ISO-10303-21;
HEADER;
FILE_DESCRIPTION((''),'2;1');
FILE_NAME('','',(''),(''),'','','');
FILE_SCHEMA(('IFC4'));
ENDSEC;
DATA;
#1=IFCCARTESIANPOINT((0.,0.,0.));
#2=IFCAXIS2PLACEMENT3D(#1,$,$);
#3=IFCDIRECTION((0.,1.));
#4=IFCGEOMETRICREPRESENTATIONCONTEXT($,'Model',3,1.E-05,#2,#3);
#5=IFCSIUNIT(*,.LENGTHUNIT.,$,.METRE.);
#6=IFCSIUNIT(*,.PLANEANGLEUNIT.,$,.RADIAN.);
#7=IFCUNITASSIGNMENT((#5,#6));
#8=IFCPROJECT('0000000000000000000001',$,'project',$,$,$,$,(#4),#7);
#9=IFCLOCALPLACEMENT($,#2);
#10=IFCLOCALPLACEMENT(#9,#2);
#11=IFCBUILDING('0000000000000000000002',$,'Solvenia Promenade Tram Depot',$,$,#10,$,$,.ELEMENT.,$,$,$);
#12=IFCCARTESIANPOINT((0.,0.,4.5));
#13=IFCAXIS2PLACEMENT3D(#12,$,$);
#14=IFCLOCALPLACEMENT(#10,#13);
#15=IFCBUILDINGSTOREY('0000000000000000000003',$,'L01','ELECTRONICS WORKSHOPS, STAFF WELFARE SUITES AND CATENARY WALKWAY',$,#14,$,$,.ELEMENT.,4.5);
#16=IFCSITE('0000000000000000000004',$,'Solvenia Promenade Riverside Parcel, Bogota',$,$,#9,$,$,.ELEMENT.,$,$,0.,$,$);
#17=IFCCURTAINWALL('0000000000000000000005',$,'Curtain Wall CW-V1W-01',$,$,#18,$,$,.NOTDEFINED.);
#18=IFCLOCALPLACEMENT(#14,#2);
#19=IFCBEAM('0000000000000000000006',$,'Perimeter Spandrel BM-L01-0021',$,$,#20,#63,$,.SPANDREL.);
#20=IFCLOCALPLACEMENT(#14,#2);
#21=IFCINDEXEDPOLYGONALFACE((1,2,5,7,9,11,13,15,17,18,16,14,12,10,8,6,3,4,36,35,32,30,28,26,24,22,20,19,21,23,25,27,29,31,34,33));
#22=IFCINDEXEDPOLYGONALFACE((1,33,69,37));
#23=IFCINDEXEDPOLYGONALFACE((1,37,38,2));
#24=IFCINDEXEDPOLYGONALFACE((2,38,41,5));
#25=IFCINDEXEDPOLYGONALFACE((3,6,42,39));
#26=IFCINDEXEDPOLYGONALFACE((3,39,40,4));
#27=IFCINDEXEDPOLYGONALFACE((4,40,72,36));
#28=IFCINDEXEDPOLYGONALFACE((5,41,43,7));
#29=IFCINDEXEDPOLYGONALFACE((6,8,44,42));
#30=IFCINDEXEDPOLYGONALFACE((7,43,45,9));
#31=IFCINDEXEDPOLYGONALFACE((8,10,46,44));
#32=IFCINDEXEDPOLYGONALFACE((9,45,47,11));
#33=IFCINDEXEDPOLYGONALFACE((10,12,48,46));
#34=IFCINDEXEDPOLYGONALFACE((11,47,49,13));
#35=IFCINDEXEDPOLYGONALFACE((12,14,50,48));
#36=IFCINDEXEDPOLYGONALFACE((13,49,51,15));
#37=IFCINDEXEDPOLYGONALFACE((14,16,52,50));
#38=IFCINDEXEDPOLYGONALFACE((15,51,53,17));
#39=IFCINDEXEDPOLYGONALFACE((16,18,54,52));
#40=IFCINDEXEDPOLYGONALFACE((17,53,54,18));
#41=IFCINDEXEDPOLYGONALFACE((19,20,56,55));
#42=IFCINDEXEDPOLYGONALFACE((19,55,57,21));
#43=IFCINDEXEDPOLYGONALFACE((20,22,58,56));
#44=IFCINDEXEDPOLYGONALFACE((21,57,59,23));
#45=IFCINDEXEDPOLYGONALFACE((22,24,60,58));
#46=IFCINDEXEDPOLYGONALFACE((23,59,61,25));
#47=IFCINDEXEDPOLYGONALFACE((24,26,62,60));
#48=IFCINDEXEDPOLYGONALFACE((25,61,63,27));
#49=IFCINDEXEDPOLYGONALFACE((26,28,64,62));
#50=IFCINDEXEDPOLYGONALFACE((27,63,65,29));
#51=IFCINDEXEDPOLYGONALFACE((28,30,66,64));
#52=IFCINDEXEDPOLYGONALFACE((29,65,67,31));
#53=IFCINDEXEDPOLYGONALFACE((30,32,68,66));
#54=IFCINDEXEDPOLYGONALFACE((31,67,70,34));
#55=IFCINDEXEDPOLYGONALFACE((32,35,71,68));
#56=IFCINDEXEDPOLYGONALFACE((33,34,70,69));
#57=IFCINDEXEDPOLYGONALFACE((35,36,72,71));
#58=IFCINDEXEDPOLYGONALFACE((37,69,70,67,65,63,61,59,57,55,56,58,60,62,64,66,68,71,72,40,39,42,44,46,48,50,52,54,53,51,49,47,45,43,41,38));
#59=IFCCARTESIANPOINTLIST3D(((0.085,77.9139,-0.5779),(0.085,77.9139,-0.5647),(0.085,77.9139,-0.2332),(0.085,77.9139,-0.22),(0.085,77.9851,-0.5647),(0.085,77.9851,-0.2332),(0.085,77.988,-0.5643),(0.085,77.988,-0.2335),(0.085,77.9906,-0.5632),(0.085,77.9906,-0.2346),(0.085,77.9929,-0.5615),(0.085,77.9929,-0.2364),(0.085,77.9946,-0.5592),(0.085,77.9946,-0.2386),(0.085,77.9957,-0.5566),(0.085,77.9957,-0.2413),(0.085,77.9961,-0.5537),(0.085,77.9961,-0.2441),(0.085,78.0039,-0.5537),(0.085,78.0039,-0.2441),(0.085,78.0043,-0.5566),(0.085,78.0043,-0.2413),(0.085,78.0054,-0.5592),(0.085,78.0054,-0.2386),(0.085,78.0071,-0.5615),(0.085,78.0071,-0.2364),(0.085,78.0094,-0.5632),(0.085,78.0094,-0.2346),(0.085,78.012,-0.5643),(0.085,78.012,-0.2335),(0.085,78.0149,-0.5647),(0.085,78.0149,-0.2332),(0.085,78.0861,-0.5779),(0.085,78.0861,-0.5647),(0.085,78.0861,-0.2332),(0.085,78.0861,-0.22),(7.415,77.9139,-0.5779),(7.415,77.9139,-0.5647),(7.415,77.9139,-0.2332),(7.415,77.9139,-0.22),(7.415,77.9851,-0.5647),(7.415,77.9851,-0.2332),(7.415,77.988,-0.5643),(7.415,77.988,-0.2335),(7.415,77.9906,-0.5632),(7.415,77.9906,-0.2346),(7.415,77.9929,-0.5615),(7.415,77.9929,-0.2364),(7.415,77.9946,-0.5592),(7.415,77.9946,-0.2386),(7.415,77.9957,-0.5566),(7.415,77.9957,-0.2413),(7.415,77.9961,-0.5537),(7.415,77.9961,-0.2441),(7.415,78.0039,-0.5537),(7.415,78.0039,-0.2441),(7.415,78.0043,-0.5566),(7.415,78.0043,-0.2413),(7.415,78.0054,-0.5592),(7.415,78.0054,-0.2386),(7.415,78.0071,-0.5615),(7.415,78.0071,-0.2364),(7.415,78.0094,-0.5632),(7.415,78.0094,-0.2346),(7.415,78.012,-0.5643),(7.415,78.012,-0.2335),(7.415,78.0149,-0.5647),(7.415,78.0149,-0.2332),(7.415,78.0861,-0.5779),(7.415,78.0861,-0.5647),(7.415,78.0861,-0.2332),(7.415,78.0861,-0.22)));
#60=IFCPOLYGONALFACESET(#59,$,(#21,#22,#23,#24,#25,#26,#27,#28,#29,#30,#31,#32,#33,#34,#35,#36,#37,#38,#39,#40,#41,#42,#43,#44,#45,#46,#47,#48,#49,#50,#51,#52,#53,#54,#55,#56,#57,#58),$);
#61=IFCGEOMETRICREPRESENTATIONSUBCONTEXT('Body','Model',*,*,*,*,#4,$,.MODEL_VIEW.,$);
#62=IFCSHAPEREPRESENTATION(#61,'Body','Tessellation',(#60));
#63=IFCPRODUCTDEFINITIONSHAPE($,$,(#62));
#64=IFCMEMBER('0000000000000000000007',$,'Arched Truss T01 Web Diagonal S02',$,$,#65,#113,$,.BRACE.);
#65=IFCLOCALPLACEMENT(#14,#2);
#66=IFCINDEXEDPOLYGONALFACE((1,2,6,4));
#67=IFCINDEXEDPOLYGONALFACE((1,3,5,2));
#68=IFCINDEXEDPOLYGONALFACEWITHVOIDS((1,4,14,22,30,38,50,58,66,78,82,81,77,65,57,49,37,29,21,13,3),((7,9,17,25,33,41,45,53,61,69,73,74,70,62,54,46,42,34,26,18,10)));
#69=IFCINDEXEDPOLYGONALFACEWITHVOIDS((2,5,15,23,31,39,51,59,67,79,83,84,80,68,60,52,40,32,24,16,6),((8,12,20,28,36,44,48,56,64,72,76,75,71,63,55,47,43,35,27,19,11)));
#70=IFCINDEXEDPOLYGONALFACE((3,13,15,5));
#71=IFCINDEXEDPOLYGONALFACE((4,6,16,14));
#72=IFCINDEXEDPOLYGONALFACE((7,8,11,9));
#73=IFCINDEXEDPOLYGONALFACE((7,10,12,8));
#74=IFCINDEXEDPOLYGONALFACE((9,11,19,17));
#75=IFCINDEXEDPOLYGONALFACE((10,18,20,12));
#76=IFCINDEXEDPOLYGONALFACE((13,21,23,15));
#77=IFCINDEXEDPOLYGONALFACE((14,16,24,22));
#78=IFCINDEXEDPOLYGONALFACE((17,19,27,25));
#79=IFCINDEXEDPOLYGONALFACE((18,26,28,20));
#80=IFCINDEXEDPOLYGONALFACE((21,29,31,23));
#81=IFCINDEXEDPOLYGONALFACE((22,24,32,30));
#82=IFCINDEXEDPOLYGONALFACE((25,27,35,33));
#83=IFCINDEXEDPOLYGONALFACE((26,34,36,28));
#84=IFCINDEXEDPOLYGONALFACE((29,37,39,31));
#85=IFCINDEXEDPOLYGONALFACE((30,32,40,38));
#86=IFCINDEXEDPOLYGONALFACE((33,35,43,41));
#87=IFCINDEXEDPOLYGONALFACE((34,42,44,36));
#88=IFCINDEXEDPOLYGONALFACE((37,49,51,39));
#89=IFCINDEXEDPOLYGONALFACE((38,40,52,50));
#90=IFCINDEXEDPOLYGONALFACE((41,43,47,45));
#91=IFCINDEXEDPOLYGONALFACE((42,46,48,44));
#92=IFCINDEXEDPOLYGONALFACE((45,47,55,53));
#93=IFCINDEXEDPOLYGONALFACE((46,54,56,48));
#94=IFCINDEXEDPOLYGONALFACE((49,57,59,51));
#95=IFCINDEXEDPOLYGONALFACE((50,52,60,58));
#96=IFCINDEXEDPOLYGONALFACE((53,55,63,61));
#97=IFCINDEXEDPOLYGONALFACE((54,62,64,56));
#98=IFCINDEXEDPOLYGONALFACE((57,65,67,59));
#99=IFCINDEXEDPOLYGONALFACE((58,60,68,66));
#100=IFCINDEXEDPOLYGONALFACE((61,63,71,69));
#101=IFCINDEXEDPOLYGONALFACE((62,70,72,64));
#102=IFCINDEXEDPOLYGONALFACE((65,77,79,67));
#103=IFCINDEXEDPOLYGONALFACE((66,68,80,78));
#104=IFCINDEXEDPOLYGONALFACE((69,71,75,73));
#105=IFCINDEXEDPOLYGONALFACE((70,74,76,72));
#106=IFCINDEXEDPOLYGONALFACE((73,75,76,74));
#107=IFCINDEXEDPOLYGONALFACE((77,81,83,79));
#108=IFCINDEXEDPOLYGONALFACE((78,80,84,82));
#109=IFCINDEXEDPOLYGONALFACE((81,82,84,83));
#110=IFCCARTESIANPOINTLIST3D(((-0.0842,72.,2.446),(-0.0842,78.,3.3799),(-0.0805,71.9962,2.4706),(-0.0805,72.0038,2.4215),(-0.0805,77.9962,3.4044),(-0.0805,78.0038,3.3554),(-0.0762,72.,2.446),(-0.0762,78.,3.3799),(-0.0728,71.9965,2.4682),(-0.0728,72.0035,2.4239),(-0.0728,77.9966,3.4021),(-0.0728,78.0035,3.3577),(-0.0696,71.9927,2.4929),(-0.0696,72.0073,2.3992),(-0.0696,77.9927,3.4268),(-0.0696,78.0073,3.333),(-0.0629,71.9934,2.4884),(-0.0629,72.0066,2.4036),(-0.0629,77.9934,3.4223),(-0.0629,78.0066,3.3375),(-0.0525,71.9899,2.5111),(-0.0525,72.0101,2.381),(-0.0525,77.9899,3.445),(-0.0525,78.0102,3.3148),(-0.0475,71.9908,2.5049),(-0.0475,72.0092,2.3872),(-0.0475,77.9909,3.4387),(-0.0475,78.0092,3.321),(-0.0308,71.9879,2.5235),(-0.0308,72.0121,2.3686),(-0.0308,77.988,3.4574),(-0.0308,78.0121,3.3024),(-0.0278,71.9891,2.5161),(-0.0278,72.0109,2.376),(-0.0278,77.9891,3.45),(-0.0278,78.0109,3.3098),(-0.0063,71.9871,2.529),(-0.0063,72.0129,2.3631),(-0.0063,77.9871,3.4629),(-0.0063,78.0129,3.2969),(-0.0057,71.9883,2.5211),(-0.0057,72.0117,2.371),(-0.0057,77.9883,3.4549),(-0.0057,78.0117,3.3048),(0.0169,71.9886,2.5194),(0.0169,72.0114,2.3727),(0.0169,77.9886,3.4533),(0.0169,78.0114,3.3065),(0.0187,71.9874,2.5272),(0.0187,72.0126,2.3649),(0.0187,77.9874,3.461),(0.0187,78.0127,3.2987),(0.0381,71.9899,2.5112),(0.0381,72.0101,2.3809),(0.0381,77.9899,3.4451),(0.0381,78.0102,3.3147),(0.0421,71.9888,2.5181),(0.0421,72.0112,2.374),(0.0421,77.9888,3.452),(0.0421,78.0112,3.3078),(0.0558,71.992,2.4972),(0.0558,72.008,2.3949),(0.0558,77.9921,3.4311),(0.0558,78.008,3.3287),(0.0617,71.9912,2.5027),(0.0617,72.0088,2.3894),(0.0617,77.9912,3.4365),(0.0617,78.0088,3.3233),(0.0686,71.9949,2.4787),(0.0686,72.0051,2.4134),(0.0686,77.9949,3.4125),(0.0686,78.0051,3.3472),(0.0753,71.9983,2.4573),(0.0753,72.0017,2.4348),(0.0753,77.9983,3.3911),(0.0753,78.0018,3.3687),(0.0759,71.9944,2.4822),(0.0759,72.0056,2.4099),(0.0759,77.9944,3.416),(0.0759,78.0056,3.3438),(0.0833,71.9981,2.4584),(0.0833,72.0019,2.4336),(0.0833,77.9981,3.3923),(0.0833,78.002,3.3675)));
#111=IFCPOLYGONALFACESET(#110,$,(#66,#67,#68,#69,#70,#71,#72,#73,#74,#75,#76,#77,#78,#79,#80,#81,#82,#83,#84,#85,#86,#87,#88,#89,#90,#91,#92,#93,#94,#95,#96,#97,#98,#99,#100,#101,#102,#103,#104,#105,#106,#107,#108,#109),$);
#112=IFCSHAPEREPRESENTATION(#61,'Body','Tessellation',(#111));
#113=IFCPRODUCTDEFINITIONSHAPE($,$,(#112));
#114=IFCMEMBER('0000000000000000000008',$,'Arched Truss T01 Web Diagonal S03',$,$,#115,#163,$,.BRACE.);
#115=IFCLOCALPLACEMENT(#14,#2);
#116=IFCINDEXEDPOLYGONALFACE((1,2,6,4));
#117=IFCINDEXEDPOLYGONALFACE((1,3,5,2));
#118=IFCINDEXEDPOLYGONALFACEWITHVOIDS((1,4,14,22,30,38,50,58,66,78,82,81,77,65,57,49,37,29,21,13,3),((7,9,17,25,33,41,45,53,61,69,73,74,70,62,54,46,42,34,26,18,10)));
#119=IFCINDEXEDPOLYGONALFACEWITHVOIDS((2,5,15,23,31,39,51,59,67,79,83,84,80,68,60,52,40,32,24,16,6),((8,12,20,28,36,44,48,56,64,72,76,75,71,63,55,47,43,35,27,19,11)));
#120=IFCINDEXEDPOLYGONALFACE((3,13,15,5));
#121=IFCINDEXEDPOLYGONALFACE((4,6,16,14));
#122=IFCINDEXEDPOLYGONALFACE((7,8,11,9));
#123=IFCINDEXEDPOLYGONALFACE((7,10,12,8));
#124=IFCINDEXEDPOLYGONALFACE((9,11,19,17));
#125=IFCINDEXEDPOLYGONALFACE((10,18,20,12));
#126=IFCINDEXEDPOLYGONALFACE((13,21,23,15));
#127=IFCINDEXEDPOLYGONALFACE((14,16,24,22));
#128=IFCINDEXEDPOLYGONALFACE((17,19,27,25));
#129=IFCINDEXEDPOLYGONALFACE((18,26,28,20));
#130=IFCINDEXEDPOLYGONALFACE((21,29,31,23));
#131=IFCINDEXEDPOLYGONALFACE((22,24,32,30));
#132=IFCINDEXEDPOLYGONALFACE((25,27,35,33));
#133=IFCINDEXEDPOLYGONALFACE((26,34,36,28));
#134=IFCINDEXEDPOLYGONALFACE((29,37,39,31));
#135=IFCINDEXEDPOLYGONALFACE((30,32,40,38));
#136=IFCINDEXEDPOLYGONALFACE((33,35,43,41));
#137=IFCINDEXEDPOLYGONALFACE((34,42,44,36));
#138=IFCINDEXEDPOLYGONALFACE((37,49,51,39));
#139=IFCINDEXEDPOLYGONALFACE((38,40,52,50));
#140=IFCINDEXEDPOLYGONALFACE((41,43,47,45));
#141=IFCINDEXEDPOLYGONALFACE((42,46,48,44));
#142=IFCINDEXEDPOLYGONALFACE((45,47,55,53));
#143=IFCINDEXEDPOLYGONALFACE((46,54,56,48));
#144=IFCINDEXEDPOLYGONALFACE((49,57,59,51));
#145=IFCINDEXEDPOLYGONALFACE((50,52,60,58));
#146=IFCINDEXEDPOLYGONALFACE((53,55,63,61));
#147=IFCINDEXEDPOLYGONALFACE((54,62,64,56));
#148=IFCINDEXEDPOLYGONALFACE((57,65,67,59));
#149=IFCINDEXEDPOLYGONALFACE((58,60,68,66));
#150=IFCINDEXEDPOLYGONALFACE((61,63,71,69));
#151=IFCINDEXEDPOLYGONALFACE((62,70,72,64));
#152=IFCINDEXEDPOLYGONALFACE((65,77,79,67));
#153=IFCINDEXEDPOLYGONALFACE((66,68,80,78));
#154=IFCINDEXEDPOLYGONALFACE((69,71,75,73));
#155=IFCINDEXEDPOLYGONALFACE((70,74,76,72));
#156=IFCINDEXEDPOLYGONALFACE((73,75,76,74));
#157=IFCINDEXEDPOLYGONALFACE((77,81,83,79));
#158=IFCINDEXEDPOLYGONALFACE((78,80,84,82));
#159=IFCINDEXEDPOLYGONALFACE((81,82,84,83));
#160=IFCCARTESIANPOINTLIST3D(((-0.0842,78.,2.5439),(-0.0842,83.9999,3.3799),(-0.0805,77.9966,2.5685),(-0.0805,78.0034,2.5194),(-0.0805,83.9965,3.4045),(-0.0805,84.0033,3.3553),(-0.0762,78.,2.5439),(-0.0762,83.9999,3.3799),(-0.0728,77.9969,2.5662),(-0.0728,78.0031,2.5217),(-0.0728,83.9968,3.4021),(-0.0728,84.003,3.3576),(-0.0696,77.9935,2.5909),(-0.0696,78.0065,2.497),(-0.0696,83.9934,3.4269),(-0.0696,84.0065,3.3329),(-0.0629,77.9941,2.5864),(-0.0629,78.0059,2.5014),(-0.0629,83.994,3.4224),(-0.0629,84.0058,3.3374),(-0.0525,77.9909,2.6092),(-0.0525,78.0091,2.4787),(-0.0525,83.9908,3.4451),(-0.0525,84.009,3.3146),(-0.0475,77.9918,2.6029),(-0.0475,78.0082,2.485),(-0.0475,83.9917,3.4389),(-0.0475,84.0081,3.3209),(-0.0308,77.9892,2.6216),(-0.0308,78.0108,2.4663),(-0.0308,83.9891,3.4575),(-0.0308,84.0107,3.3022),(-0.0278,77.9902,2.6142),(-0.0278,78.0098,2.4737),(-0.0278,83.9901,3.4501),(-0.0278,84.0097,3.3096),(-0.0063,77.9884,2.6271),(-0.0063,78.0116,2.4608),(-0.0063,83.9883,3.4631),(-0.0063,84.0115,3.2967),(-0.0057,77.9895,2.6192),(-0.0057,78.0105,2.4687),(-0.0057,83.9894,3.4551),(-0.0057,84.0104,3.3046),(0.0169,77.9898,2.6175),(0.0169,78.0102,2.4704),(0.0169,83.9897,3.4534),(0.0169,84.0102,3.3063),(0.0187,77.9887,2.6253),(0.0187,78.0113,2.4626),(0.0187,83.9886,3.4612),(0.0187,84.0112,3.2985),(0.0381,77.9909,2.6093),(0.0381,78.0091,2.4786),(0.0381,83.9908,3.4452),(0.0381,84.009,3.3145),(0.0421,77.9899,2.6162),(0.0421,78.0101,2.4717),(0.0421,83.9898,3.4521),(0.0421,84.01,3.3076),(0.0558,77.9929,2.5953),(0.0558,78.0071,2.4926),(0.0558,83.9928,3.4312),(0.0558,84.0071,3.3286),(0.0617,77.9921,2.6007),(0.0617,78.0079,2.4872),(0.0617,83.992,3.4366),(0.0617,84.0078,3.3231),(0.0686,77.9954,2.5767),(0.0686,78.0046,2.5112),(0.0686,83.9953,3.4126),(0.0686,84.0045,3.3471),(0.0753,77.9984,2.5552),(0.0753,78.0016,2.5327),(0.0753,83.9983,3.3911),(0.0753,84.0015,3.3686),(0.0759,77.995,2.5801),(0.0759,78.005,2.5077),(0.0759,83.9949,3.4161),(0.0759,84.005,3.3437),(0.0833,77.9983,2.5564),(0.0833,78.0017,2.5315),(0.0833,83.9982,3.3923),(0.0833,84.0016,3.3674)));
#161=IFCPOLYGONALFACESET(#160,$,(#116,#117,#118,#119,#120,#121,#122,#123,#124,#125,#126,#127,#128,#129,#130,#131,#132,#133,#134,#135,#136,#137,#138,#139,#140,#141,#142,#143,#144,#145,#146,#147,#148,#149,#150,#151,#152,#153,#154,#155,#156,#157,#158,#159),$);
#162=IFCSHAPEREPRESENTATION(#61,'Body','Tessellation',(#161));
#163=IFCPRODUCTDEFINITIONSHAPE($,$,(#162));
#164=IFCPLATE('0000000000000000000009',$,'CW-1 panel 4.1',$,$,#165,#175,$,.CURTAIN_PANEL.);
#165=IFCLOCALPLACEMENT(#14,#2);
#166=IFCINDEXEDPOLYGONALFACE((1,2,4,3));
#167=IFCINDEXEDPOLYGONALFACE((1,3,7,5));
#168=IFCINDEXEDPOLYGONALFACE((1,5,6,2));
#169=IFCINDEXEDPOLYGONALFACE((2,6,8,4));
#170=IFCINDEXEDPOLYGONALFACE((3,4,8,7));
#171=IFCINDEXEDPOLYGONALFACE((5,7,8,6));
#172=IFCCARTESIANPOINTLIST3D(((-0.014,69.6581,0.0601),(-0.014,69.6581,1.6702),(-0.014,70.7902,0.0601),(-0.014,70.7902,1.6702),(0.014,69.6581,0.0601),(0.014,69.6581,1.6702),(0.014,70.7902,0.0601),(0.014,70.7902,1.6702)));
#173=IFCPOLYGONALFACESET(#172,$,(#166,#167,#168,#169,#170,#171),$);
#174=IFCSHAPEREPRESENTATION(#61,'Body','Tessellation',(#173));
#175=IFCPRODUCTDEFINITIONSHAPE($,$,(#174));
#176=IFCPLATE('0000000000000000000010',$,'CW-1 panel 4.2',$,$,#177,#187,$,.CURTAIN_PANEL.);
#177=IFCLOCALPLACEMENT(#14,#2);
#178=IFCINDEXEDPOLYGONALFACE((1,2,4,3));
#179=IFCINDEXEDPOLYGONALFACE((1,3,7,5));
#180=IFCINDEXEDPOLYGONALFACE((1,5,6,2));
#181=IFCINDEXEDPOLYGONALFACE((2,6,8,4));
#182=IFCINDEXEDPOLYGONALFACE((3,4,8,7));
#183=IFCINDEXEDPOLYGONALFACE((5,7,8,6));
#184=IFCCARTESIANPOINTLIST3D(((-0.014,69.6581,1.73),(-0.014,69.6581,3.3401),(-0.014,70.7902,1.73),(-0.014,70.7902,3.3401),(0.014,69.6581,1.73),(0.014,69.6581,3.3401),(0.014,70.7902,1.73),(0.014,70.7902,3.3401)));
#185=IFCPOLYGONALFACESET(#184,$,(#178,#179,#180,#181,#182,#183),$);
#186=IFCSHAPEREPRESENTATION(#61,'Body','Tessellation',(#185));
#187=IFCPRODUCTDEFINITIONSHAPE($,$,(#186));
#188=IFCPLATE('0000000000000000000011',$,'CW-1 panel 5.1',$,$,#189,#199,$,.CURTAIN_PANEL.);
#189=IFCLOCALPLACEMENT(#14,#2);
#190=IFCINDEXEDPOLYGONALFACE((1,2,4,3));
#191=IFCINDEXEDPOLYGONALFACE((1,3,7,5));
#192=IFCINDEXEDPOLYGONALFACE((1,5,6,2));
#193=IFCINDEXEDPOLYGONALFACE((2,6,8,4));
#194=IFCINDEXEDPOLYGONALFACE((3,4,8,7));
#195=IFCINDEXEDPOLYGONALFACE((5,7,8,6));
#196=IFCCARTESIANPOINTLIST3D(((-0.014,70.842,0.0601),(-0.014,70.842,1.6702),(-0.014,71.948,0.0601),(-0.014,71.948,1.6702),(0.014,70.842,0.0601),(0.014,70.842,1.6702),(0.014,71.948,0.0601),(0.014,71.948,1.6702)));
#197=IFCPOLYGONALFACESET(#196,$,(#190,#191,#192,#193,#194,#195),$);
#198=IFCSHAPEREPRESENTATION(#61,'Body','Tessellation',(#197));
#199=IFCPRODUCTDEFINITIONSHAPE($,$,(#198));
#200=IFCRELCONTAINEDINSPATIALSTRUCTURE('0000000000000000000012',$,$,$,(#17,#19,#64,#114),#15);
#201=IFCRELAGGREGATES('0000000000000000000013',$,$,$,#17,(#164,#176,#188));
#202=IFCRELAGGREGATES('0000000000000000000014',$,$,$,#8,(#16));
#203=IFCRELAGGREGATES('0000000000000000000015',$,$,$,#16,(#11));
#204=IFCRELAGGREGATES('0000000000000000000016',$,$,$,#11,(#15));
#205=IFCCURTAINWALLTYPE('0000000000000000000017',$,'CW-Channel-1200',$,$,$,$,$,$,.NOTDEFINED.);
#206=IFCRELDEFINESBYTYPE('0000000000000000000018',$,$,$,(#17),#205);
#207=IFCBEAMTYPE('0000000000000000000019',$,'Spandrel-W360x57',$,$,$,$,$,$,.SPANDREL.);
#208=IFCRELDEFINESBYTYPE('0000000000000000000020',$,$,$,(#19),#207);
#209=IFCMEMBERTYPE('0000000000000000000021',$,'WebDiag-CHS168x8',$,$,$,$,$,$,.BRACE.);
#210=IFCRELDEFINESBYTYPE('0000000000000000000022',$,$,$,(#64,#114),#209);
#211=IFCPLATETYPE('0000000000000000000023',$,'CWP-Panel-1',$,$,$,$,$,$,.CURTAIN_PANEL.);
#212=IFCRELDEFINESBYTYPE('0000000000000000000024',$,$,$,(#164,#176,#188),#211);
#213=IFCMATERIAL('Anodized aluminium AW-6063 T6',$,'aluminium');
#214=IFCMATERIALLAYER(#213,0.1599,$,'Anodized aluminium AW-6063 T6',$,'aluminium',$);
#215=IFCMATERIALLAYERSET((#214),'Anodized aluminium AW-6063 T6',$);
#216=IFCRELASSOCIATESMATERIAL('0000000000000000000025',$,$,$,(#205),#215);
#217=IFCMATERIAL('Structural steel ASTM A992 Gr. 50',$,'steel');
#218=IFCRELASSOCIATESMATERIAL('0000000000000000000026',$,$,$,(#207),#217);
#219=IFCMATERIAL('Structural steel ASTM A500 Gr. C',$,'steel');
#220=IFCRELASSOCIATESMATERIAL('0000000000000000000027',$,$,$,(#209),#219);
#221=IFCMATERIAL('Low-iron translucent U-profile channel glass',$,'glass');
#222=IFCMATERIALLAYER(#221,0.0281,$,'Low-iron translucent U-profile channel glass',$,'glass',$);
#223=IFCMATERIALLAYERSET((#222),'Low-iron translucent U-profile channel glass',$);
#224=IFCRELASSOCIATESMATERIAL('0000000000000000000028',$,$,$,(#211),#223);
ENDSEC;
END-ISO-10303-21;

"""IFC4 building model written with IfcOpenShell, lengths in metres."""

from ifc_helpers import new_model, si_unit, direction, frame, origin, origin_2d, place, context, subcontext, project, spatial, rectangle, hollow_circle, i_section, extrude, material, layer, layer_set, material_profile, profile_set, type_object, element, aggregate, save


model = new_model("IFC4")

# Units and contexts
model_context = context("Model", 3, precision=1e-05, world=origin(), true_north=direction((0.0, 1.0)))
body_context = subcontext(model_context, "Body", "Model", "MODEL_VIEW")
ifc_project = project(units=[si_unit("LENGTHUNIT", "METRE"), si_unit("PLANEANGLEUNIT", "RADIAN")], contexts=[model_context])

# Site, building, storey
site_placement = place(None, origin())
site = spatial("IfcSite", under=ifc_project, at=site_placement, Name="Solvenia Promenade Riverside Parcel, Bogota", CompositionType="ELEMENT", RefElevation=0.0)
building_placement = place(site_placement, origin())
building = spatial("IfcBuilding", under=site, at=building_placement, Name="Solvenia Promenade Tram Depot", CompositionType="ELEMENT")
storey_placement = place(building_placement, frame((0.0, 0.0, 4.5)))
storey = spatial("IfcBuildingStorey", under=building, at=storey_placement, Name="L01", Description="ELECTRONICS WORKSHOPS, STAFF WELFARE SUITES AND CATENARY WALKWAY", CompositionType="ELEMENT", Elevation=4.5)

# Curtain wall
ifc_material_1 = material(Name="Anodized aluminium AW-6063 T6", Category="aluminium")
ifc_layer_1 = layer(ifc_material_1, 0.1599, Name="Anodized aluminium AW-6063 T6", Category="aluminium")
ifc_layer_set_1 = layer_set([ifc_layer_1], Name="Anodized aluminium AW-6063 T6")
curtain_wall_type = type_object("IfcCurtainWallType", Name="CW-Channel-1200", PredefinedType="NOTDEFINED", material=ifc_layer_set_1)
curtain_wall_placement = place(storey_placement, origin())
curtain_wall = element("IfcCurtainWall", 1, at=curtain_wall_placement, inside=storey, type_object=curtain_wall_type, Name="Curtain Wall CW-V1W-01", PredefinedType="NOTDEFINED")

# Shared definitions
ifc_material_2 = material(Name="Structural steel ASTM A500 Gr. C", Category="steel")

# Shared definitions
ifc_material_3 = material(Name="Structural steel ASTM A992 Gr. 50", Category="steel")

# Beam
ifc_material_profile_1 = material_profile(ifc_material_3, i_section(OverallWidth=0.1721, OverallDepth=0.3579, WebThickness=0.0078, FlangeThickness=0.0132, FilletRadius=0.011, at=origin_2d()), Name="W360x57", Category="steel")
ifc_profile_set_1 = profile_set([ifc_material_profile_1], Name="Structural steel ASTM A992 Gr. 50")
beam_type_1 = type_object("IfcBeamType", Name="Spandrel-W360x57", PredefinedType="SPANDREL", material=ifc_profile_set_1)
beam_placement = place(storey_placement, frame((0.085, 78.0, -0.3989), z_axis=(1.0, 0.0, 0.0), x_axis=(0.0, 1.0, 0.0)))
element("IfcBeam", 2, at=beam_placement, inside=storey, type_object=beam_type_1, Name="Perimeter Spandrel BM-L01-0021", PredefinedType="SPANDREL", context=body_context, shape_type="SweptSolid", body=[
    extrude(i_section(OverallWidth=0.1721, OverallDepth=0.3579, WebThickness=0.0078, FlangeThickness=0.0132, FilletRadius=0.011, at=origin_2d()), origin(), (0.0, 0.0, 1.0), 7.3301),
])

# Members
ifc_material_profile_2 = material_profile(ifc_material_2, hollow_circle(Radius=0.0842, WallThickness=0.0081, at=origin_2d()), Name="CHS168.3x8", Category="steel")
ifc_profile_set_2 = profile_set([ifc_material_profile_2], Name="Structural steel ASTM A500 Gr. C")
member_type_1 = type_object("IfcMemberType", Name="WebDiag-CHS168x8", PredefinedType="BRACE", material=ifc_profile_set_2)
member_1_placement = place(storey_placement, frame((0.0, 72.0, 2.446), z_axis=(0.0, 0.988104, 0.153788), x_axis=(-1.0, 0.0, 0.0)))
element("IfcMember", 3, at=member_1_placement, inside=storey, type_object=member_type_1, Name="Arched Truss T01 Web Diagonal S02", PredefinedType="BRACE", context=body_context, shape_type="SweptSolid", body=[
    extrude(hollow_circle(Radius=0.0842, WallThickness=0.0081, at=origin_2d()), origin(), (0.0, 0.0, 1.0), 6.0723),
])
member_2_placement = place(storey_placement, frame((0.0, 78.0, 2.5439), z_axis=(0.0, 0.990434, 0.13799), x_axis=(-1.0, 0.0, 0.0)))
element("IfcMember", 4, at=member_2_placement, inside=storey, type_object=member_type_1, Name="Arched Truss T01 Web Diagonal S03", PredefinedType="BRACE", context=body_context, shape_type="SweptSolid", body=[
    extrude(hollow_circle(Radius=0.0842, WallThickness=0.0081, at=origin_2d()), origin(), (0.0, 0.0, 1.0), 6.0579),
])

# Plates
ifc_material_4 = material(Name="Low-iron translucent U-profile channel glass", Category="glass")
ifc_layer_2 = layer(ifc_material_4, 0.0281, Name="Low-iron translucent U-profile channel glass", Category="glass")
ifc_layer_set_2 = layer_set([ifc_layer_2], Name="Low-iron translucent U-profile channel glass")
plate_type = type_object("IfcPlateType", Name="CWP-Panel-1", PredefinedType="CURTAIN_PANEL", material=ifc_layer_set_2)
plate_1_placement = place(storey_placement, frame((0.0, 70.2241, 0.0601), z_axis=(0.0, 0.0, 1.0), x_axis=(0.0, 1.0, 0.0)))
plate_1 = element("IfcPlate", 5, at=plate_1_placement, type_object=plate_type, Name="CW-1 panel 4.1", PredefinedType="CURTAIN_PANEL", context=body_context, shape_type="SweptSolid", body=[
    extrude(rectangle(XDim=1.1321, YDim=0.0281, at=origin_2d()), origin(), (0.0, 0.0, 1.0), 1.6101),
])
plate_2_placement = place(storey_placement, frame((0.0, 70.2241, 1.73), z_axis=(0.0, 0.0, 1.0), x_axis=(0.0, 1.0, 0.0)))
plate_2 = element("IfcPlate", 6, at=plate_2_placement, type_object=plate_type, Name="CW-1 panel 4.2", PredefinedType="CURTAIN_PANEL", context=body_context, shape_type="SweptSolid", body=[
    extrude(rectangle(XDim=1.1321, YDim=0.0281, at=origin_2d()), origin(), (0.0, 0.0, 1.0), 1.6101),
])
plate_3_placement = place(storey_placement, frame((0.0, 71.395, 0.0601), z_axis=(0.0, 0.0, 1.0), x_axis=(0.0, 1.0, 0.0)))
plate_3 = element("IfcPlate", 7, at=plate_3_placement, type_object=plate_type, Name="CW-1 panel 5.1", PredefinedType="CURTAIN_PANEL", context=body_context, shape_type="SweptSolid", body=[
    extrude(rectangle(XDim=1.106, YDim=0.0281, at=origin_2d()), origin(), (0.0, 0.0, 1.0), 1.6101),
])
aggregate(curtain_wall, [plate_1, plate_2, plate_3])

save(model, "model.ifc")
